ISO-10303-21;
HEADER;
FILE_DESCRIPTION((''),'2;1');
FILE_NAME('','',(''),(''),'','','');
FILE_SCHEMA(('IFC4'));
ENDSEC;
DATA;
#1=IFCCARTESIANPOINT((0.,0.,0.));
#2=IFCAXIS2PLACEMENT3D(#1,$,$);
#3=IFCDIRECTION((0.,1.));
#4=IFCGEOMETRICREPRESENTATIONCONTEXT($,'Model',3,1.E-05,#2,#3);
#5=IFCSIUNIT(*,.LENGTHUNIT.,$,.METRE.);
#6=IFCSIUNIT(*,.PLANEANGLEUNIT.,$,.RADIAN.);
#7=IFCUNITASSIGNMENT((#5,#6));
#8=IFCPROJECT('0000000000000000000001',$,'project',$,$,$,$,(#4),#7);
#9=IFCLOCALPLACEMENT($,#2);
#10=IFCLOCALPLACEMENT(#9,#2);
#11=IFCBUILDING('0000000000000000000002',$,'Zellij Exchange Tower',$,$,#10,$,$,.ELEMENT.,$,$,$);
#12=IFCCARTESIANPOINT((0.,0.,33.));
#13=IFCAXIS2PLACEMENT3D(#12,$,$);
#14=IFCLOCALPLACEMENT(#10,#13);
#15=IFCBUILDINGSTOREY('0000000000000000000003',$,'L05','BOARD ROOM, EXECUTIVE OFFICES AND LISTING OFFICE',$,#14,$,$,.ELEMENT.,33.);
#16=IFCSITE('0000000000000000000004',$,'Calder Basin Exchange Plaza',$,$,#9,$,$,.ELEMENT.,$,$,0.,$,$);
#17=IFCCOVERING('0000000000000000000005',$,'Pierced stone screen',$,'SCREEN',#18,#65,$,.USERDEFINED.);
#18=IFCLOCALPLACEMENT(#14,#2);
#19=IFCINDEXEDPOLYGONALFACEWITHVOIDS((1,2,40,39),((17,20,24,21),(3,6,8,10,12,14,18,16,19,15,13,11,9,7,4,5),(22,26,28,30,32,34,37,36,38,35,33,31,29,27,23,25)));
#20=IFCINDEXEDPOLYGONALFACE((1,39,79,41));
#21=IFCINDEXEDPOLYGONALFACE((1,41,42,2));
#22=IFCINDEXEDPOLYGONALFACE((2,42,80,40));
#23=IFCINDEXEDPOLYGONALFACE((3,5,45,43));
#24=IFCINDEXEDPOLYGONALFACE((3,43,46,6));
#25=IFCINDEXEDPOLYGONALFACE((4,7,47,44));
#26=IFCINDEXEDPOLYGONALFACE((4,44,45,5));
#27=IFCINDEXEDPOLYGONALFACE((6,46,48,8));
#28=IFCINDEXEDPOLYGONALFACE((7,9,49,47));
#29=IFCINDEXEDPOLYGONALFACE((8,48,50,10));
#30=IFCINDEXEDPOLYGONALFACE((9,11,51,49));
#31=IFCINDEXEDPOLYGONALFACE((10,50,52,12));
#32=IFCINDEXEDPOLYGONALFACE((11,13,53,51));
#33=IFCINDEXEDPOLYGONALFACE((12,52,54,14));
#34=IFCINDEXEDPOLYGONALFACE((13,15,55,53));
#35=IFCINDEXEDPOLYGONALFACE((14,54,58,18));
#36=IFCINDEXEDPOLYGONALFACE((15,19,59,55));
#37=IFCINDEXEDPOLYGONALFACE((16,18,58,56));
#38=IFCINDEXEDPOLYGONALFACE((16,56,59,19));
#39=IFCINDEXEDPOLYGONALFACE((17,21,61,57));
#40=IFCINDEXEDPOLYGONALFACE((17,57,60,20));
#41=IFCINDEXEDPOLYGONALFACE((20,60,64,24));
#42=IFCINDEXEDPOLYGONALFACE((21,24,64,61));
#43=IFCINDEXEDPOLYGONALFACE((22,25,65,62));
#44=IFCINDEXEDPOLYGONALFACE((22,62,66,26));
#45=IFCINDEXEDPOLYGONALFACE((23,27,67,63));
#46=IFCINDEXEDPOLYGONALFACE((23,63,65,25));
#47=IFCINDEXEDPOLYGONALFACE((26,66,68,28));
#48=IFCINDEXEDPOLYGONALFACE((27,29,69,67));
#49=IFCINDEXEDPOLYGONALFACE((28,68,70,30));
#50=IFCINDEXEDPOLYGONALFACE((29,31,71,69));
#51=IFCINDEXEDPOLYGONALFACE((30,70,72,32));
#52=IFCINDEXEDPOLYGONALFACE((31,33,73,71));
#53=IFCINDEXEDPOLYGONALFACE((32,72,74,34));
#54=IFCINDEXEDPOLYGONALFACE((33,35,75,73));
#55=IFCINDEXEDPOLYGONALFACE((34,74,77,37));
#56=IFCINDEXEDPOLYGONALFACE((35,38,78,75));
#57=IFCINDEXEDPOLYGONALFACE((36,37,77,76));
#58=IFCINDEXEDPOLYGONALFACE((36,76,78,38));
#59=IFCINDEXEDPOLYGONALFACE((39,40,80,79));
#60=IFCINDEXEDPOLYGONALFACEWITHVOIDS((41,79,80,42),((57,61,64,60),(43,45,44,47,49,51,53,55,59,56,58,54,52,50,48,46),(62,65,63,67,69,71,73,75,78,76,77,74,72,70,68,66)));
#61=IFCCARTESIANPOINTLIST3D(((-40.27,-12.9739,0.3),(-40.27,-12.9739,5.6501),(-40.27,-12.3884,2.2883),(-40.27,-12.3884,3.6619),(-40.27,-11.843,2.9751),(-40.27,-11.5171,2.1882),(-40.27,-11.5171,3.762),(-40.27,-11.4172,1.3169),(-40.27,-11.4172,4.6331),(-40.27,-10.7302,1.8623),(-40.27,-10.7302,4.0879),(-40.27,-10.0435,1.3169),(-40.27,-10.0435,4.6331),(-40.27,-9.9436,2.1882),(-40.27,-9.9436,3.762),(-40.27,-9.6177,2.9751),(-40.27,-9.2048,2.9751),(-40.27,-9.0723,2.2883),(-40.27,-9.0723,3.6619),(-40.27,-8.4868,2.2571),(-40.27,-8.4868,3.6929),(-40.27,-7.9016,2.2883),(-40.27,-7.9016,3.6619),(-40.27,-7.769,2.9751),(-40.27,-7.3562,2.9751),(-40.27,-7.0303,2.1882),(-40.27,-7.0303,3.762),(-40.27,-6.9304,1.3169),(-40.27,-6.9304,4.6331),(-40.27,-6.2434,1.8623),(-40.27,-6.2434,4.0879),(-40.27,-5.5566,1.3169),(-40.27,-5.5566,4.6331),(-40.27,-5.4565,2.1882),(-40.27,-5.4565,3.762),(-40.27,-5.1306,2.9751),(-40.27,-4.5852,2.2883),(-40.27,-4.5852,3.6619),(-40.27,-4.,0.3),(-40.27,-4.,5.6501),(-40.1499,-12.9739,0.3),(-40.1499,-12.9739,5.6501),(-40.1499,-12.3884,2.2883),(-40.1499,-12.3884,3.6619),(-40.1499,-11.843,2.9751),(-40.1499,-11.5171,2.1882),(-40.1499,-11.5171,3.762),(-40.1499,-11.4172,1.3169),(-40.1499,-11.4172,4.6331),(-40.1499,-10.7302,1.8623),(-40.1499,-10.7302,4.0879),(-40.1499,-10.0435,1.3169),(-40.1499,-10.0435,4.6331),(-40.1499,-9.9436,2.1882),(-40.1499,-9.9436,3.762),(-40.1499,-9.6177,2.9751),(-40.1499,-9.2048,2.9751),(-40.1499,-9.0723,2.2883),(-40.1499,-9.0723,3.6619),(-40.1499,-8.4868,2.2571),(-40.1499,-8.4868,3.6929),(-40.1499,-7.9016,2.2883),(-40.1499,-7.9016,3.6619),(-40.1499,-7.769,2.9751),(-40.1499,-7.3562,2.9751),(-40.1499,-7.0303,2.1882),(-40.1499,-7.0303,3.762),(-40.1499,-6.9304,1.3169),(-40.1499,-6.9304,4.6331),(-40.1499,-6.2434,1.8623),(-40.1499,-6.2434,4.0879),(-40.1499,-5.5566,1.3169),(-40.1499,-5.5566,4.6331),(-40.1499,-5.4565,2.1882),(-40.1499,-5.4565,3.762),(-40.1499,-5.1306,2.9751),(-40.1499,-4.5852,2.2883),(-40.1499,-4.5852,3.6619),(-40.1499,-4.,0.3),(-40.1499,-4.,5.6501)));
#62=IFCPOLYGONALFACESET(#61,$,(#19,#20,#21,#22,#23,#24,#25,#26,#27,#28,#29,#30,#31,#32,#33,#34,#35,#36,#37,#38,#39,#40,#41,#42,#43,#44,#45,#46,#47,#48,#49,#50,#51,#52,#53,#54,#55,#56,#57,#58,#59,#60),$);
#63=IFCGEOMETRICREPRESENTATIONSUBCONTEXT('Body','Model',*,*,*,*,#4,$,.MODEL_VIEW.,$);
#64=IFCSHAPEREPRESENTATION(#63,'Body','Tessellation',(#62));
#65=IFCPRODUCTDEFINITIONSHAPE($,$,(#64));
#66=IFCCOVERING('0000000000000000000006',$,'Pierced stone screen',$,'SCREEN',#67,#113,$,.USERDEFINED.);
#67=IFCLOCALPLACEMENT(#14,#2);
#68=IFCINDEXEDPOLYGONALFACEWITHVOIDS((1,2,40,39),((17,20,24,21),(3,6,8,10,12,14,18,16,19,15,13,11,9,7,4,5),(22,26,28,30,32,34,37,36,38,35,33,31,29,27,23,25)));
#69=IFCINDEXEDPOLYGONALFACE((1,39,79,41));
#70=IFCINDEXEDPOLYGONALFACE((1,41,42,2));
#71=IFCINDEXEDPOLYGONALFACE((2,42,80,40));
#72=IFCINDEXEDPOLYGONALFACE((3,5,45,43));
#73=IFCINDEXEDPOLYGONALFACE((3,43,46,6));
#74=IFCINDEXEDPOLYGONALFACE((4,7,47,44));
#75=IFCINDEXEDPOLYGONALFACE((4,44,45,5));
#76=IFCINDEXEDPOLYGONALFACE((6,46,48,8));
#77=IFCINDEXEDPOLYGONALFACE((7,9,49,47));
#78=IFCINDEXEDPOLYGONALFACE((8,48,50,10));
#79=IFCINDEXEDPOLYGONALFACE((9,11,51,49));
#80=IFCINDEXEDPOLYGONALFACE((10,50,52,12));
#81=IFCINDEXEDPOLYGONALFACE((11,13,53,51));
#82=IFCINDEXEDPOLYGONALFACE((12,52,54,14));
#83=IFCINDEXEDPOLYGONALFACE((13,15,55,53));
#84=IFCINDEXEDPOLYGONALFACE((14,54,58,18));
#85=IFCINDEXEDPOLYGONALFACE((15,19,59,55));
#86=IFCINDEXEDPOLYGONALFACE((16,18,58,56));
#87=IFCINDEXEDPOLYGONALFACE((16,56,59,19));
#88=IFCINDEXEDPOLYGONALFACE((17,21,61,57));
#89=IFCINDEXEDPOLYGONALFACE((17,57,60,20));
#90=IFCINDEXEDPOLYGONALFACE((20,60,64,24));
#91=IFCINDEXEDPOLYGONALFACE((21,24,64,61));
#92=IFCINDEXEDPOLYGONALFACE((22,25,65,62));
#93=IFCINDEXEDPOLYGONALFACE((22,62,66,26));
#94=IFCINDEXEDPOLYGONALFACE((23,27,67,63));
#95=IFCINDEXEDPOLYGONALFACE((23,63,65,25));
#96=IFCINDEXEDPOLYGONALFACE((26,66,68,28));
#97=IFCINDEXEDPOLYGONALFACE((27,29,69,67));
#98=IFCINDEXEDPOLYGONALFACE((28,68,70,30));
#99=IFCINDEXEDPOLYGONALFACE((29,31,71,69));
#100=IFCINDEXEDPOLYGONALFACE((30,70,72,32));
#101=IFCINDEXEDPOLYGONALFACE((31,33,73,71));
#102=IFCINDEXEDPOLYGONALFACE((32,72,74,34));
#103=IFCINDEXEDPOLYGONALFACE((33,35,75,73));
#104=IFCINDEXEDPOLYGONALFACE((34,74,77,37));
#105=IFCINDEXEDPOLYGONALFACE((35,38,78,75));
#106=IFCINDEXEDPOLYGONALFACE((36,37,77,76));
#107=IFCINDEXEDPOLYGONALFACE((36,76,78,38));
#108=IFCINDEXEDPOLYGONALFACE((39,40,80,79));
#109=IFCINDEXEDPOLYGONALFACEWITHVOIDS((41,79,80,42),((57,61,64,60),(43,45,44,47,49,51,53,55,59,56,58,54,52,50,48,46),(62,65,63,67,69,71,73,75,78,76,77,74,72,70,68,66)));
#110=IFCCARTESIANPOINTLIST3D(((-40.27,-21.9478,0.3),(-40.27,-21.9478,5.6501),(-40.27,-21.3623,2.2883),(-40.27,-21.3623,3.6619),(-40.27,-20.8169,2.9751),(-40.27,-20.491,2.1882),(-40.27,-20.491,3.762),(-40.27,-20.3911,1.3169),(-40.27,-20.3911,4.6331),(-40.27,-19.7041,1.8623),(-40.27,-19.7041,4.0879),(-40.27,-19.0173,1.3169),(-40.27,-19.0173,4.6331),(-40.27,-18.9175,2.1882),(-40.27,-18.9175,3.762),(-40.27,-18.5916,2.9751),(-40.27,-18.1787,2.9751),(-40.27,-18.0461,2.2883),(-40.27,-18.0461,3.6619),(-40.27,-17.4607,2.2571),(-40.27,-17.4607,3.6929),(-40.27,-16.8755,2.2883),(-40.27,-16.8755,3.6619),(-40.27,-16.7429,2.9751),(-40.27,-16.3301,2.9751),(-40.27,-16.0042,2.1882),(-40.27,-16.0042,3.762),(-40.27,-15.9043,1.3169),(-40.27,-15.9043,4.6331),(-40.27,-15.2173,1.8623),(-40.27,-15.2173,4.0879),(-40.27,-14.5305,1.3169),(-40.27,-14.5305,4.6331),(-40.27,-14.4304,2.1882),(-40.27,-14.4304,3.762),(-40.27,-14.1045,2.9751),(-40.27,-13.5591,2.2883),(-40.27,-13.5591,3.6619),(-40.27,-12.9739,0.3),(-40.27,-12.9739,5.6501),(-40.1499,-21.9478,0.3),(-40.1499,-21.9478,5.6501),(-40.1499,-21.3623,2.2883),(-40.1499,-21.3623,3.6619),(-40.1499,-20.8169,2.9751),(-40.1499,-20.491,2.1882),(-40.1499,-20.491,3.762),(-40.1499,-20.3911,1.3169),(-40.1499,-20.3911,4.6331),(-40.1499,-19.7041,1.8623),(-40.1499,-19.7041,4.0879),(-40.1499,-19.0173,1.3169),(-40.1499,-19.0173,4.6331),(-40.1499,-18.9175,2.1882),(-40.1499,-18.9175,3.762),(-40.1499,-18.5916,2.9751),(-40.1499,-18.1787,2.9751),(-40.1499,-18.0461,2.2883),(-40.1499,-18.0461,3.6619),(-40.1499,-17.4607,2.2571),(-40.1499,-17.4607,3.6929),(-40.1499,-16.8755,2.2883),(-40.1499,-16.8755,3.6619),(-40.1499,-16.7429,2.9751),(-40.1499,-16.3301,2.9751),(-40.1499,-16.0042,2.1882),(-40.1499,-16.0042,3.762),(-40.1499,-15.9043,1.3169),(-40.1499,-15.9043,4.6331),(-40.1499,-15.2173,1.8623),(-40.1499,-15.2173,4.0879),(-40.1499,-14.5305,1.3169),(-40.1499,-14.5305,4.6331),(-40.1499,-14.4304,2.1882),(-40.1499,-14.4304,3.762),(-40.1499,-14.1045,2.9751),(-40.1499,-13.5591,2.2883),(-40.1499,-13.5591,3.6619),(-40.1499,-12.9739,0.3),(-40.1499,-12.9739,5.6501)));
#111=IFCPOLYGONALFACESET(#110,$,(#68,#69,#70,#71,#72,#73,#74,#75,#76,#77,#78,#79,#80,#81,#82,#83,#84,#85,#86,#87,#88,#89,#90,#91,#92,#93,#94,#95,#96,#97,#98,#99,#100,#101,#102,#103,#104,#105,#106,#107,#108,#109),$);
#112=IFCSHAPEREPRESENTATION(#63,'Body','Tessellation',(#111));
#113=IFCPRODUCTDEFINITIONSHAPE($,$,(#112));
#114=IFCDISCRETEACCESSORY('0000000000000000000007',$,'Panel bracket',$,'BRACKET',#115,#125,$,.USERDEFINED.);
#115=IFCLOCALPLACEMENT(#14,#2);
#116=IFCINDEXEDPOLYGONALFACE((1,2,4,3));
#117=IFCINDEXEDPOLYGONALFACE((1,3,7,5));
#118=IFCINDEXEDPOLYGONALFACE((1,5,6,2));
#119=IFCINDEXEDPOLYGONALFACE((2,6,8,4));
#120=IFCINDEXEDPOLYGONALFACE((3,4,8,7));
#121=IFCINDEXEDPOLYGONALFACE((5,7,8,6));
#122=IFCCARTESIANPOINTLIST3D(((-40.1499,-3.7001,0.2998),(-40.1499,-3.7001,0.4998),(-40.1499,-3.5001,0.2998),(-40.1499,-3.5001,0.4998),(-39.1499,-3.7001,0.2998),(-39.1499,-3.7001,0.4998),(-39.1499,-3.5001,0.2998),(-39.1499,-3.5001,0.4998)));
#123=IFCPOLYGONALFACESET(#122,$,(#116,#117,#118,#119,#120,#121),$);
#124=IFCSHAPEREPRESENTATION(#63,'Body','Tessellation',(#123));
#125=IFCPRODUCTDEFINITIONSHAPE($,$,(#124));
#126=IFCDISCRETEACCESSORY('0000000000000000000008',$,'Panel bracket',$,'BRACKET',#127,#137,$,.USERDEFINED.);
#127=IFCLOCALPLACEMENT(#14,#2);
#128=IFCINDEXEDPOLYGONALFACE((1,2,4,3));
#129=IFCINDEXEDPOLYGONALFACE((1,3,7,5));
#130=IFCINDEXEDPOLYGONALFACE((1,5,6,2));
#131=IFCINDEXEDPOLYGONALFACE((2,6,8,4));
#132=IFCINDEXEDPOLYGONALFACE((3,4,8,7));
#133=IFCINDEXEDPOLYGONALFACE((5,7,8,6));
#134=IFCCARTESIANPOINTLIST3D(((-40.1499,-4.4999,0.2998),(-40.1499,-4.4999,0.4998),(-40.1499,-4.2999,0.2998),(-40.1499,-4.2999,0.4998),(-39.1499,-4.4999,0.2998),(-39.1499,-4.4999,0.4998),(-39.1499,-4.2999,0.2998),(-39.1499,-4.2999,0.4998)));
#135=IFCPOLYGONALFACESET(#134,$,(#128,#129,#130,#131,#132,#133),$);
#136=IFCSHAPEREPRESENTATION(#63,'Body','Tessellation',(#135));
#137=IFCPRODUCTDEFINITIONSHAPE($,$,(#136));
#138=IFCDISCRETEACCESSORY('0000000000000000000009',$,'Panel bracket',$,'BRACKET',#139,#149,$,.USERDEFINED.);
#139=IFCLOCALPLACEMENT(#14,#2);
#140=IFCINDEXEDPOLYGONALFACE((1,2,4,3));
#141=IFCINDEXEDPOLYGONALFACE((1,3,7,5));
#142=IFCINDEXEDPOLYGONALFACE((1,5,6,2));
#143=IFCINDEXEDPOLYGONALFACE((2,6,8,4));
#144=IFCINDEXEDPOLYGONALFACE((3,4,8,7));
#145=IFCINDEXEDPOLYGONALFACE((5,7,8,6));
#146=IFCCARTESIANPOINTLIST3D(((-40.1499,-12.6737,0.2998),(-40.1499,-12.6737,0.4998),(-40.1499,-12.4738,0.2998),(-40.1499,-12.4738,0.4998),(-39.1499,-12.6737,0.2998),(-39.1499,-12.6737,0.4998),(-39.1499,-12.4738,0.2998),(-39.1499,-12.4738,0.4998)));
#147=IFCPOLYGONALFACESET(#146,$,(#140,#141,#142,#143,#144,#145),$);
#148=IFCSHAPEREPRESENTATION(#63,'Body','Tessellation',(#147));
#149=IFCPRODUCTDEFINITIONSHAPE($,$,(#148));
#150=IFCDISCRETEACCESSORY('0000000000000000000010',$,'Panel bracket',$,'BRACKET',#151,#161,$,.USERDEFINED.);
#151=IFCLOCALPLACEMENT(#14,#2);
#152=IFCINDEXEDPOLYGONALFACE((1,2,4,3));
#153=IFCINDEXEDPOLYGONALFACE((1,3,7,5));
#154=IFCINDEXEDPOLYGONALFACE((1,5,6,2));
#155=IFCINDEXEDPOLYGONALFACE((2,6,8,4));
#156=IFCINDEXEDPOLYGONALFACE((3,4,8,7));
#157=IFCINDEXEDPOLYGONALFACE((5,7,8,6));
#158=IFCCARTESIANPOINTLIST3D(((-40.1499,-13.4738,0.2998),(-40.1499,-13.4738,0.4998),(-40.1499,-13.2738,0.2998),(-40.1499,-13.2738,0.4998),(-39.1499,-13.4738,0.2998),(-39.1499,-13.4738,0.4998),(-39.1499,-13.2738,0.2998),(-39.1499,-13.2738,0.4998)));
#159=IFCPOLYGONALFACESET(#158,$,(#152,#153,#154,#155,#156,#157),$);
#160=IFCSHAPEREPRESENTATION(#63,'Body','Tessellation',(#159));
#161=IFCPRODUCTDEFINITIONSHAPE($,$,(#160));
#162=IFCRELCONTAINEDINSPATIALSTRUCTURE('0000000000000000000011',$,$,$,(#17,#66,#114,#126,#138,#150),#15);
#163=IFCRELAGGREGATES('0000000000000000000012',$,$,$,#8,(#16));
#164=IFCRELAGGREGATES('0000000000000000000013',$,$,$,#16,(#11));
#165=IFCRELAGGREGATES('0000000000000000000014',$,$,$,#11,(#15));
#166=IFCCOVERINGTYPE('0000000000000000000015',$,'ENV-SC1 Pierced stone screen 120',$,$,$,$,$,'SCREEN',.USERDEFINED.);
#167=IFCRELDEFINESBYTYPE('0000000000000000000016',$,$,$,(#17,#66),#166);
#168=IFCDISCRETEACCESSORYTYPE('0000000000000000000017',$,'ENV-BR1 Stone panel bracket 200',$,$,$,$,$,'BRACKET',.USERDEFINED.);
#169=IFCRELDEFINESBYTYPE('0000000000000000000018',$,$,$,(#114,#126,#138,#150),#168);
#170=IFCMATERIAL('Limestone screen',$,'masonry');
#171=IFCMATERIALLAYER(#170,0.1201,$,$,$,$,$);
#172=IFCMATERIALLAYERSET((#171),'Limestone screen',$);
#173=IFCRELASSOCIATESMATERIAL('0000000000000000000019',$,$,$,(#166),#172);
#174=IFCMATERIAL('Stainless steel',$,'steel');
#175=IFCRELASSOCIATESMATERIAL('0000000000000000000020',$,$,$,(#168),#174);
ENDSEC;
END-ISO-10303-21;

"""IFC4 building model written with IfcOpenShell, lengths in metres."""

from ifc_helpers import new_model, si_unit, direction, frame, origin, origin_2d, place, context, subcontext, project, spatial, polyline, rectangle, outline, extrude, material, layer, layer_set, type_object, element, save


model = new_model("IFC4")

# Units and contexts
model_context = context("Model", 3, precision=1e-05, world=origin(), true_north=direction((0.0, 1.0)))
body_context = subcontext(model_context, "Body", "Model", "MODEL_VIEW")
ifc_project = project(units=[si_unit("LENGTHUNIT", "METRE"), si_unit("PLANEANGLEUNIT", "RADIAN")], contexts=[model_context])

# Site, building, storey
site_placement = place(None, origin())
site = spatial("IfcSite", under=ifc_project, at=site_placement, Name="Calder Basin Exchange Plaza", CompositionType="ELEMENT", RefElevation=0.0)
building_placement = place(site_placement, origin())
building = spatial("IfcBuilding", under=site, at=building_placement, Name="Zellij Exchange Tower", CompositionType="ELEMENT")
storey_placement = place(building_placement, frame((0.0, 0.0, 33.0)))
storey = spatial("IfcBuildingStorey", under=building, at=storey_placement, Name="L05", Description="BOARD ROOM, EXECUTIVE OFFICES AND LISTING OFFICE", CompositionType="ELEMENT", Elevation=33.0)

# Coverings
ifc_material_1 = material(Name="Limestone screen", Category="masonry")
ifc_layer_1 = layer(ifc_material_1, 0.1201)
ifc_layer_set_1 = layer_set([ifc_layer_1], Name="Limestone screen")
covering_type = type_object("IfcCoveringType", Name="ENV-SC1 Pierced stone screen 120", ElementType="SCREEN", PredefinedType="USERDEFINED", material=ifc_layer_set_1)
for number, where, z_axis, x_axis, name in (
    (1, (-40.21, -4.0, 0.3), (0.0, 0.0, 1.0), (0.0, -1.0, 0.0), "Pierced stone screen"),
    (2, (-40.21, -12.9739, 0.3), (0.0, 0.0, 1.0), (0.0, -1.0, 0.0), "Pierced stone screen"),
):
    element("IfcCovering", number, at=place(storey_placement, frame(where, z_axis=z_axis, x_axis=x_axis)), inside=storey, type_object=covering_type, Name=name, ObjectType="SCREEN", PredefinedType="USERDEFINED", context=body_context, shape_type="SweptSolid", body=[
        extrude(outline(polyline([(0.0, 0.0), (8.9739, 0.0), (8.9739, 5.3501), (0.0, 5.3501), (0.0, 0.0)]), holes=[polyline([(3.9016, 3.3618), (3.0303, 3.4619), (2.9304, 4.333), (2.2434, 3.7878), (1.5566, 4.333), (1.4565, 3.4619), (0.5852, 3.3618), (1.1306, 2.675), (0.5852, 1.9883), (1.4565, 1.8882), (1.5566, 1.0168), (2.2434, 1.5623), (2.9304, 1.0168), (3.0303, 1.8882), (3.9016, 1.9883), (3.3562, 2.675), (3.9016, 3.3618)]), polyline([(8.3884, 3.3618), (7.5171, 3.4619), (7.4172, 4.333), (6.7302, 3.7878), (6.0435, 4.333), (5.9436, 3.4619), (5.0723, 3.3618), (5.6177, 2.675), (5.0723, 1.9883), (5.9436, 1.8882), (6.0435, 1.0168), (6.7302, 1.5623), (7.4172, 1.0168), (7.5171, 1.8882), (8.3884, 1.9883), (7.843, 2.675), (8.3884, 3.3618)]), polyline([(5.2048, 2.675), (4.4868, 3.3928), (3.769, 2.675), (4.4868, 1.957), (5.2048, 2.675)])]), frame((0.0, 0.0601, 0.0), z_axis=(0.0, -1.0, 0.0), x_axis=(1.0, 0.0, 0.0)), (0.0, 0.0, 1.0), 0.1201),
    ])

# Discrete accessories
ifc_material_2 = material(Name="Stainless steel", Category="steel")
discrete_accessory_type = type_object("IfcDiscreteAccessoryType", Name="ENV-BR1 Stone panel bracket 200", ElementType="BRACKET", PredefinedType="USERDEFINED", material=ifc_material_2)
for number, where, z_axis, x_axis, name in (
    (3, (-39.6499, -3.6001, 0.2998), (0.0, 0.0, 1.0), (0.0, -1.0, 0.0), "Panel bracket"),
    (4, (-39.6499, -4.3999, 0.2998), (0.0, 0.0, 1.0), (0.0, -1.0, 0.0), "Panel bracket"),
    (5, (-39.6499, -12.5737, 0.2998), (0.0, 0.0, 1.0), (0.0, -1.0, 0.0), "Panel bracket"),
    (6, (-39.6499, -13.3738, 0.2998), (0.0, 0.0, 1.0), (0.0, -1.0, 0.0), "Panel bracket"),
):
    element("IfcDiscreteAccessory", number, at=place(storey_placement, frame(where, z_axis=z_axis, x_axis=x_axis)), inside=storey, type_object=discrete_accessory_type, Name=name, ObjectType="BRACKET", PredefinedType="USERDEFINED", context=body_context, shape_type="SweptSolid", body=[
        extrude(rectangle(XDim=0.2, YDim=1.0, at=origin_2d()), origin(), (0.0, 0.0, 1.0), 0.2),
    ])

save(model, "model.ifc")
